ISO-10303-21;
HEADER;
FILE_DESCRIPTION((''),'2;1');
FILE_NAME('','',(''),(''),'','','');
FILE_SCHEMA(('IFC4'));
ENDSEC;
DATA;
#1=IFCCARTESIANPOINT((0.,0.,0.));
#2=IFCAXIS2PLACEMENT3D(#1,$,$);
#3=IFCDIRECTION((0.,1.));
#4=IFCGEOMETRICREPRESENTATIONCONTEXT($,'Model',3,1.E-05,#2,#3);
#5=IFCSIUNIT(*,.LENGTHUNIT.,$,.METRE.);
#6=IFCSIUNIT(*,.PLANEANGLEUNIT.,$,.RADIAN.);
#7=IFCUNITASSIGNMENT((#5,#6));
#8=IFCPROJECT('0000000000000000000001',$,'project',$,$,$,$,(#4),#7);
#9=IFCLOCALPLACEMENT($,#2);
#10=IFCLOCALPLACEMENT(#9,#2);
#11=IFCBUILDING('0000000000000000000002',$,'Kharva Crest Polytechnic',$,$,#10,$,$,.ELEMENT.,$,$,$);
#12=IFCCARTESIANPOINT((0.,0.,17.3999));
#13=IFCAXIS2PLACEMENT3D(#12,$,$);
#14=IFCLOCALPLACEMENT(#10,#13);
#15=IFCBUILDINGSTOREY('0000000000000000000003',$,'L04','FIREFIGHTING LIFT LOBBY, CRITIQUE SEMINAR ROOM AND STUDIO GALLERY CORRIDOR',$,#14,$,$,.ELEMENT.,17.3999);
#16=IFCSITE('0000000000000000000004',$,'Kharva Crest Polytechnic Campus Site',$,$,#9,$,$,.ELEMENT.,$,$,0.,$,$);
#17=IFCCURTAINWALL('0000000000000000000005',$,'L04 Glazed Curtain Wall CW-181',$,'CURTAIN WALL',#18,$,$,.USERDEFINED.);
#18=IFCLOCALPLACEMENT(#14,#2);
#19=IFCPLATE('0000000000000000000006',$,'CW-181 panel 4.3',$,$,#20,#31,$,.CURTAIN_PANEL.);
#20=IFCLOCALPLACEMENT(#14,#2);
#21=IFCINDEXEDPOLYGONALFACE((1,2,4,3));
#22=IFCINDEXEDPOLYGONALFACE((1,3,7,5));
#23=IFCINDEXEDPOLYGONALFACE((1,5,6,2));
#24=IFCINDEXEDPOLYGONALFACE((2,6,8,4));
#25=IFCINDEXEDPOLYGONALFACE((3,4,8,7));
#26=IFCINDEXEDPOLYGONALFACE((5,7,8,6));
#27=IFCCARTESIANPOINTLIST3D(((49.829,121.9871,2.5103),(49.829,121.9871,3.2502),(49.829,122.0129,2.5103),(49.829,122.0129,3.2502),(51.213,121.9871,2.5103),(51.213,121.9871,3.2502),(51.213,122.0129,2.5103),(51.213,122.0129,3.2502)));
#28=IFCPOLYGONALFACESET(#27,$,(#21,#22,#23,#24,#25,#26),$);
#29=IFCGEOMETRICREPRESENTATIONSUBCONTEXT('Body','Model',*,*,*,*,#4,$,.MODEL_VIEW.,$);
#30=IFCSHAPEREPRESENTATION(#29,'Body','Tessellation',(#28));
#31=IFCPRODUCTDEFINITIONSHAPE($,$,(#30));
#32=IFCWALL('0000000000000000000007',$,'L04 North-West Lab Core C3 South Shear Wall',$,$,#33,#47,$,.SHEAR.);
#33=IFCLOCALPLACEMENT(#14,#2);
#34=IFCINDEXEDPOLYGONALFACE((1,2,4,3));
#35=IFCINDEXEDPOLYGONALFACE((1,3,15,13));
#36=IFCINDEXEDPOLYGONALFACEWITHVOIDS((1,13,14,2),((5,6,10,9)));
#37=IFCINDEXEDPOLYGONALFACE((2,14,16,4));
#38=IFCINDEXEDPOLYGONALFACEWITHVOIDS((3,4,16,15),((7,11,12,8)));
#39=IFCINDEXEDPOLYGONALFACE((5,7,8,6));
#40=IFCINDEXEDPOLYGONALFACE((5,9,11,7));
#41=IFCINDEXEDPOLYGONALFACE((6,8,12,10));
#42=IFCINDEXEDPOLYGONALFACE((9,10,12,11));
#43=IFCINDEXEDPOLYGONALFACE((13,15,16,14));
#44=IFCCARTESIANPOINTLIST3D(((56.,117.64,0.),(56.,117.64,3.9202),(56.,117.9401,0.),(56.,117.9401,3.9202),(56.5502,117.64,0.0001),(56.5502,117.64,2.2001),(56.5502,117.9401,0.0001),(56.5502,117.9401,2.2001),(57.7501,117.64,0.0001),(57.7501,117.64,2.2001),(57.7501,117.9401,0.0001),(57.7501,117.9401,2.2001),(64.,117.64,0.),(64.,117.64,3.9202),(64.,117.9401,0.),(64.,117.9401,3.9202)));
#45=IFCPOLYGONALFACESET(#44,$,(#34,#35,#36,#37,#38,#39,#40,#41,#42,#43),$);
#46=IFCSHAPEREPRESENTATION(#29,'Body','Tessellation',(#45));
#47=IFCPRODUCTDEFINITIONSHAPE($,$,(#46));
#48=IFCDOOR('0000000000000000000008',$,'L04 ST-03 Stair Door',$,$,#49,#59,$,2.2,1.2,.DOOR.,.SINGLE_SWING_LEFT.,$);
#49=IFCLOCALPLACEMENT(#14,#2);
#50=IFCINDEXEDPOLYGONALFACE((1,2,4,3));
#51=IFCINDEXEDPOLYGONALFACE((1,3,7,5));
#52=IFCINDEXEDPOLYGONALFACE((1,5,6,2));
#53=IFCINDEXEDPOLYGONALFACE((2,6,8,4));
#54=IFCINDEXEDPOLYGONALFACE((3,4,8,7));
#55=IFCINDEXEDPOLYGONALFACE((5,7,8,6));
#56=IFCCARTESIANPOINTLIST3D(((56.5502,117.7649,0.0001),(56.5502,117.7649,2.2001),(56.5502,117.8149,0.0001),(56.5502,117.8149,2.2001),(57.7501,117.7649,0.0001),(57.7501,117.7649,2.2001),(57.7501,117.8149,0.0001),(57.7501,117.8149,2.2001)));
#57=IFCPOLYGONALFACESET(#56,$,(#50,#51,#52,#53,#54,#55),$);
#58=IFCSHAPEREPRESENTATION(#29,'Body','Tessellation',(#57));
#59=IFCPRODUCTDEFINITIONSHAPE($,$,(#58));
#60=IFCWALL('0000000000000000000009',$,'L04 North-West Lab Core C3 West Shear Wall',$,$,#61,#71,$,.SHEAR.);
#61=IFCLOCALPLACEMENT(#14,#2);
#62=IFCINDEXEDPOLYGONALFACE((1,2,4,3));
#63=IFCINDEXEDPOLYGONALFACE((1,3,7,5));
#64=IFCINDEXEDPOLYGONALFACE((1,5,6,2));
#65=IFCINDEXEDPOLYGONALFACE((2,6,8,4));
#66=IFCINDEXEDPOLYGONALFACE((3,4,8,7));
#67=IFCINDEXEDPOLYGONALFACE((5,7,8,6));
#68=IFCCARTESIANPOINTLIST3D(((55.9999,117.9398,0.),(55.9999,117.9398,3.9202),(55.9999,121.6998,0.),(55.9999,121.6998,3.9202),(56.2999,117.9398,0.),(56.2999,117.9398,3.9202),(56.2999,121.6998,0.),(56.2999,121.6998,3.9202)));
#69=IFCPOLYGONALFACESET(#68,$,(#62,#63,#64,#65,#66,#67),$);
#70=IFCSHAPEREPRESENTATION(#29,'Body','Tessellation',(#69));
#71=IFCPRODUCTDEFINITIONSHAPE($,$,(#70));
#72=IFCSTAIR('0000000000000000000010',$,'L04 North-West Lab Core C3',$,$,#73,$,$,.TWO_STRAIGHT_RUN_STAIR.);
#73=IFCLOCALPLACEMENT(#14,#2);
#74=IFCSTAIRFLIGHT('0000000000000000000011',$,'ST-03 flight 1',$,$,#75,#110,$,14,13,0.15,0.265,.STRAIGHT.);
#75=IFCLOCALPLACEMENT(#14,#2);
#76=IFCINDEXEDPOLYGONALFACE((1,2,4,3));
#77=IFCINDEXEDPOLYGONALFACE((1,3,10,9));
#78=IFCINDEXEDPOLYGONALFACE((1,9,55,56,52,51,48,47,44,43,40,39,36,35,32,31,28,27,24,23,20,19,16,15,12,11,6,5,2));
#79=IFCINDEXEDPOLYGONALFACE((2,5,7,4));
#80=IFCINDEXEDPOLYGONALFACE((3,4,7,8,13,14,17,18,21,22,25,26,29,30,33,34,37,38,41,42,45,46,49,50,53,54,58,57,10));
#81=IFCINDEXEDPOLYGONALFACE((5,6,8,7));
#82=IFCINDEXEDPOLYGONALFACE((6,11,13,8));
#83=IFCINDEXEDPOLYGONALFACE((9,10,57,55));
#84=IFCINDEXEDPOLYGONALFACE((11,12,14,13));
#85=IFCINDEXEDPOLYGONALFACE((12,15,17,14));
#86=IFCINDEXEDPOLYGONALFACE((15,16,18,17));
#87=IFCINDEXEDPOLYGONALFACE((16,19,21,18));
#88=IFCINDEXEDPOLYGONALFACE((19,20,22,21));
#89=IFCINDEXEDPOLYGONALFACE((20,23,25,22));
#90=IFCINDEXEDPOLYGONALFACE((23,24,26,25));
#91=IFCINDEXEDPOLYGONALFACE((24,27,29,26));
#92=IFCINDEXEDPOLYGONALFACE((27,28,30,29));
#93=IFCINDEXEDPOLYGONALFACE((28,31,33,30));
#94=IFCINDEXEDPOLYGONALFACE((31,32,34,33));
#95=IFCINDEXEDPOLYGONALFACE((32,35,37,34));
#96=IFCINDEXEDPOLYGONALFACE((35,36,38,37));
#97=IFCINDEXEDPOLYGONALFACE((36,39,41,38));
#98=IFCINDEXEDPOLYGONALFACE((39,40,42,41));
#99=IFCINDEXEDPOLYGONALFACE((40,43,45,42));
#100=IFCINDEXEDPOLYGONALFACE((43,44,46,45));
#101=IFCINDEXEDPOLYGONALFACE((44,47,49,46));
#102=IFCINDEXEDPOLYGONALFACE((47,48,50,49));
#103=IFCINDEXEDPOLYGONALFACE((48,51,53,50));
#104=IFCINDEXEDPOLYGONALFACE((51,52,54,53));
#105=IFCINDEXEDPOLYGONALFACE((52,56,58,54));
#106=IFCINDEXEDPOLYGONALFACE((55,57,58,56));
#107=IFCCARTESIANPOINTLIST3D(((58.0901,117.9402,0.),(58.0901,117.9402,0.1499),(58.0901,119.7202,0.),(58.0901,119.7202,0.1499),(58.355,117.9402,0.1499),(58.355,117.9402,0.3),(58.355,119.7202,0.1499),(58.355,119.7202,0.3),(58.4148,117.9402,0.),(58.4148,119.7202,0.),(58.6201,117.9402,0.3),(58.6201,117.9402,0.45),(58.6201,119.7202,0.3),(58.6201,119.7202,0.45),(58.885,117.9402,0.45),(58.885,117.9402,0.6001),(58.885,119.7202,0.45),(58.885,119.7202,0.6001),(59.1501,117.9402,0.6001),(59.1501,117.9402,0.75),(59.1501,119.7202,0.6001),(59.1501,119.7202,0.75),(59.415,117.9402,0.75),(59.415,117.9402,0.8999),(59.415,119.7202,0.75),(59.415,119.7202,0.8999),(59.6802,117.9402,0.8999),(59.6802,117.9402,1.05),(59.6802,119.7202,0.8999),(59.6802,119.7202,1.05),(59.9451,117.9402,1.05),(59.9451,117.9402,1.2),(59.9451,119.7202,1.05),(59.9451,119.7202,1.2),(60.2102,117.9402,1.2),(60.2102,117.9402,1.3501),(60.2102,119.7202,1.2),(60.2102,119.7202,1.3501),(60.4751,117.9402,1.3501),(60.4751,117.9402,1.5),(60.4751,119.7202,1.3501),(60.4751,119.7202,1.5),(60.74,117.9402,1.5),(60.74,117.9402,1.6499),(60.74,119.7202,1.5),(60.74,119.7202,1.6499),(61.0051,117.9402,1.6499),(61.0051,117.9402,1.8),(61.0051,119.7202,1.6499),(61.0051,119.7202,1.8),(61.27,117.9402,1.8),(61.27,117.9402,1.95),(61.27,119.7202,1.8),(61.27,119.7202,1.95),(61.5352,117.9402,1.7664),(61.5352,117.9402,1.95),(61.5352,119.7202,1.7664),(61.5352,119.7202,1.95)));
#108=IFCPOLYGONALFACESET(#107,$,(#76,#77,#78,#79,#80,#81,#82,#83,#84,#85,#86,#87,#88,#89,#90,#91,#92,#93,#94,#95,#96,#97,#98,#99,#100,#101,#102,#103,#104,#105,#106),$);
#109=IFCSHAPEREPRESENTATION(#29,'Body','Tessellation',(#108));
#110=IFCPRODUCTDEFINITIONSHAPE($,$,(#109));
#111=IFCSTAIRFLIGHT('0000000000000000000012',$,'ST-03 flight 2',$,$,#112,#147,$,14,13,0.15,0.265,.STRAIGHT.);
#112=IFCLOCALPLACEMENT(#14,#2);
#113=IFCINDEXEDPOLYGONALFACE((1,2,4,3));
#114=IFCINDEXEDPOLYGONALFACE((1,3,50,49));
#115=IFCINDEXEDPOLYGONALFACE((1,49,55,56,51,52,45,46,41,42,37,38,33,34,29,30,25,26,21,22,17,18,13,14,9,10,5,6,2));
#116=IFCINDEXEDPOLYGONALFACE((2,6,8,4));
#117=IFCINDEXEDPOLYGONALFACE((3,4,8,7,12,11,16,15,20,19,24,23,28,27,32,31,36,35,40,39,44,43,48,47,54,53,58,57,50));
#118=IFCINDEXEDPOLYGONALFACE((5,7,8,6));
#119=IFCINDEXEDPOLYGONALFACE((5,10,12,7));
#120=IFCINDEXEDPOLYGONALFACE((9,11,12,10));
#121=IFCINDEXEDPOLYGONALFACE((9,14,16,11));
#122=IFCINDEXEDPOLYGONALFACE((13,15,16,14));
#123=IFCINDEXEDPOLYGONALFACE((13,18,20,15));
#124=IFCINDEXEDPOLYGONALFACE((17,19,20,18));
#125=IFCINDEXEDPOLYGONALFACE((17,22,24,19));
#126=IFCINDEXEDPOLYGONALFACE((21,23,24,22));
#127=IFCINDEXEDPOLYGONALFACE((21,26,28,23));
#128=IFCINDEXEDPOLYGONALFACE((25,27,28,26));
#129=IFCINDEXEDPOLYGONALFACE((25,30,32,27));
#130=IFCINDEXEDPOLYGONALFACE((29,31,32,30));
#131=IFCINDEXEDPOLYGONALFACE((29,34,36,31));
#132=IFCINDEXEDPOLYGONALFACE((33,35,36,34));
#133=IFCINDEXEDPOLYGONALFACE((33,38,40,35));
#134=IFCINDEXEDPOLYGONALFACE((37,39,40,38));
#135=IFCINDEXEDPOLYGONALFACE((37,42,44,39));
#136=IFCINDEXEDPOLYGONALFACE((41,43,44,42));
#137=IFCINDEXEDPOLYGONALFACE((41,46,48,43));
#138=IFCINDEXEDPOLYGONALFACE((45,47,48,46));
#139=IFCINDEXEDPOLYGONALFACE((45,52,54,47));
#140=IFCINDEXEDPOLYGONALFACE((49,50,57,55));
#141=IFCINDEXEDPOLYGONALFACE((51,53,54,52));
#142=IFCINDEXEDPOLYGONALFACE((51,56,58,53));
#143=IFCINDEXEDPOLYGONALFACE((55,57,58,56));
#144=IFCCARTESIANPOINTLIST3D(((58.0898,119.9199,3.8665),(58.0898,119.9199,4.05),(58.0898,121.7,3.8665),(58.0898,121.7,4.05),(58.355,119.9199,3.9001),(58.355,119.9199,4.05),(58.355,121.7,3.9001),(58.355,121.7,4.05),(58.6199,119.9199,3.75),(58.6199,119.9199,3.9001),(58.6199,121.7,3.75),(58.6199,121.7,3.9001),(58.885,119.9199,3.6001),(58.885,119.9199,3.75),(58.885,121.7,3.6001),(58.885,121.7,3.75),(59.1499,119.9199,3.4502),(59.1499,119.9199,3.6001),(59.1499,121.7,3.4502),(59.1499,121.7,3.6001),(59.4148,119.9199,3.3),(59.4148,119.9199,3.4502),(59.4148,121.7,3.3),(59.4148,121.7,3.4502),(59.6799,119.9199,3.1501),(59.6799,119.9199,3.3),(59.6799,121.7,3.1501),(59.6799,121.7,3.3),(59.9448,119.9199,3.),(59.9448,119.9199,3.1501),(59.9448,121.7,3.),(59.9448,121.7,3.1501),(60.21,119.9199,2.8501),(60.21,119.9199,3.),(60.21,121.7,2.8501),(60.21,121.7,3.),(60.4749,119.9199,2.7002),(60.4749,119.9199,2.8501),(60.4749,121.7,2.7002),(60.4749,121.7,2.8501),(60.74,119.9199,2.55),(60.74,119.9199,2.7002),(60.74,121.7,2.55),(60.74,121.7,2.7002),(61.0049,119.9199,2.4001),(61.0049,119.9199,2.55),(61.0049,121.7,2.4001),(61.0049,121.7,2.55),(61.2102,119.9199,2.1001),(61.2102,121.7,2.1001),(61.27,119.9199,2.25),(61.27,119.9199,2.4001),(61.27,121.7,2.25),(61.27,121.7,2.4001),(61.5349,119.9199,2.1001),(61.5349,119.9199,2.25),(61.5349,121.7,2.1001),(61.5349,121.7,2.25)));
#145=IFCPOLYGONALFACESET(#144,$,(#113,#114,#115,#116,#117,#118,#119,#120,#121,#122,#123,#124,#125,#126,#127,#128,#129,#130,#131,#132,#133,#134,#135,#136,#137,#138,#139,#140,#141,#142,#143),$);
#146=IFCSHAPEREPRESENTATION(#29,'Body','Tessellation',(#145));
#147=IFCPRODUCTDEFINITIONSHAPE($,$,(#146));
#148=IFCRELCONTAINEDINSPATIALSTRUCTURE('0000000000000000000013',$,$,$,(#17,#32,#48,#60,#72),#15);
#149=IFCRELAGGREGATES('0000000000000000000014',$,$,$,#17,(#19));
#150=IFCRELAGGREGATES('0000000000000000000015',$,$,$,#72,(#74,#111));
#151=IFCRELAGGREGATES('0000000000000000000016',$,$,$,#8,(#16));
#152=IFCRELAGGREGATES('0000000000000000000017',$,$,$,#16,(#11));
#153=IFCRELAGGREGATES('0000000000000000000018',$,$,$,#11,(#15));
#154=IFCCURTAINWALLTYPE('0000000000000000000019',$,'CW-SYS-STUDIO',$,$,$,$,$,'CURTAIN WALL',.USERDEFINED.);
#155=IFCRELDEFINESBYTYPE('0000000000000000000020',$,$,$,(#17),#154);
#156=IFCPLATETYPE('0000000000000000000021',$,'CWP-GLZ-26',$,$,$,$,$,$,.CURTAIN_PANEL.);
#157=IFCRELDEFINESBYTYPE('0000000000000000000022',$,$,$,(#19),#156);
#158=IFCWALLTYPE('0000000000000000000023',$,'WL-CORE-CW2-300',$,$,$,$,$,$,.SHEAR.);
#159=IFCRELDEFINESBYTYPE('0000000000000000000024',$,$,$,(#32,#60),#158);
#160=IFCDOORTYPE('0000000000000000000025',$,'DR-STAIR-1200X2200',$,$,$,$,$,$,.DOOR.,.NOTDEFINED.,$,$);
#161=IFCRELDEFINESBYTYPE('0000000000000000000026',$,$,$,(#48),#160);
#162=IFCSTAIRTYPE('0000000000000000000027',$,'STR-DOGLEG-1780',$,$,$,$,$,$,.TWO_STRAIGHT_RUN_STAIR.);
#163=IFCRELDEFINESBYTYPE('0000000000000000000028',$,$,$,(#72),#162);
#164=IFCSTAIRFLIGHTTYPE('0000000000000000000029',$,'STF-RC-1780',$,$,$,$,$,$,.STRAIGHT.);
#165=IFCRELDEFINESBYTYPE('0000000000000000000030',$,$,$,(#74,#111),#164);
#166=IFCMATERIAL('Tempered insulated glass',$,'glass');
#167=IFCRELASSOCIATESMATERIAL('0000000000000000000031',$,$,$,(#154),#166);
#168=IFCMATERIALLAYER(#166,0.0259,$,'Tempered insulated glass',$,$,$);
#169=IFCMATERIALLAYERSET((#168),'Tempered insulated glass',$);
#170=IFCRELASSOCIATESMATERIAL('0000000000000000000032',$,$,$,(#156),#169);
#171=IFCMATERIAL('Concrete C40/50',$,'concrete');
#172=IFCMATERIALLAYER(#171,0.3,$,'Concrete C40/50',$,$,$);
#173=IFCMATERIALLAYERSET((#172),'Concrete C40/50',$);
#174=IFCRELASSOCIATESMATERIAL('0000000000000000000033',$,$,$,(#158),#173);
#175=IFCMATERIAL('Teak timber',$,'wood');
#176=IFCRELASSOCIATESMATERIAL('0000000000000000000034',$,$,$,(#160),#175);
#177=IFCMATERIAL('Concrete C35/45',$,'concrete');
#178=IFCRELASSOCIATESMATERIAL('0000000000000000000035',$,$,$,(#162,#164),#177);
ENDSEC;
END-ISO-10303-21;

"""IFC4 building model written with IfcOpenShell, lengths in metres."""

from ifc_helpers import new_model, si_unit, direction, frame, frame_2d, origin, origin_2d, place, context, subcontext, project, spatial, polyline, rectangle, outline, extrude, material, layer, layer_set, type_object, element, fill, aggregate, save


model = new_model("IFC4")

# Units and contexts
model_context = context("Model", 3, precision=1e-05, world=origin(), true_north=direction((0.0, 1.0)))
body_context = subcontext(model_context, "Body", "Model", "MODEL_VIEW")
ifc_project = project(units=[si_unit("LENGTHUNIT", "METRE"), si_unit("PLANEANGLEUNIT", "RADIAN")], contexts=[model_context])

# Site, building, storey
site_placement = place(None, origin())
site = spatial("IfcSite", under=ifc_project, at=site_placement, Name="Kharva Crest Polytechnic Campus Site", CompositionType="ELEMENT", RefElevation=0.0)
building_placement = place(site_placement, origin())
building = spatial("IfcBuilding", under=site, at=building_placement, Name="Kharva Crest Polytechnic", CompositionType="ELEMENT")
storey_placement = place(building_placement, frame((0.0, 0.0, 17.3999)))
storey = spatial("IfcBuildingStorey", under=building, at=storey_placement, Name="L04", Description="FIREFIGHTING LIFT LOBBY, CRITIQUE SEMINAR ROOM AND STUDIO GALLERY CORRIDOR", CompositionType="ELEMENT", Elevation=17.3999)

# Shared definitions
ifc_material_1 = material(Name="Concrete C40/50", Category="concrete")

# Shared definitions
ifc_material_2 = material(Name="Concrete C35/45", Category="concrete")

# Curtain wall, plate
ifc_material_3 = material(Name="Tempered insulated glass", Category="glass")
curtain_wall_type = type_object("IfcCurtainWallType", Name="CW-SYS-STUDIO", ElementType="CURTAIN WALL", PredefinedType="USERDEFINED", material=ifc_material_3)
curtain_wall_placement = place(storey_placement, origin())
curtain_wall = element("IfcCurtainWall", 1, at=curtain_wall_placement, inside=storey, type_object=curtain_wall_type, Name="L04 Glazed Curtain Wall CW-181", ObjectType="CURTAIN WALL", PredefinedType="USERDEFINED")
ifc_layer_1 = layer(ifc_material_3, 0.0259, Name="Tempered insulated glass")
ifc_layer_set_1 = layer_set([ifc_layer_1], Name="Tempered insulated glass")
plate_type = type_object("IfcPlateType", Name="CWP-GLZ-26", PredefinedType="CURTAIN_PANEL", material=ifc_layer_set_1)
plate_1_placement = place(storey_placement, frame((50.521, 122.0, 2.5103), z_axis=(0.0, 0.0, 1.0), x_axis=(-1.0, 0.0, 0.0)))
plate_1 = element("IfcPlate", 2, at=plate_1_placement, type_object=plate_type, Name="CW-181 panel 4.3", PredefinedType="CURTAIN_PANEL", context=body_context, shape_type="SweptSolid", body=[
    extrude(rectangle(XDim=1.384, YDim=0.0259, at=origin_2d()), origin(), (0.0, 0.0, 1.0), 0.74),
])
aggregate(curtain_wall, [plate_1])

# Wall, opening, door
ifc_layer_2 = layer(ifc_material_1, 0.3, Name="Concrete C40/50")
ifc_layer_set_2 = layer_set([ifc_layer_2], Name="Concrete C40/50")
wall_type = type_object("IfcWallType", Name="WL-CORE-CW2-300", PredefinedType="SHEAR", material=ifc_layer_set_2)
wall_1_placement = place(storey_placement, frame((56.0, 117.79, 0.0), z_axis=(0.0, 0.0, 1.0), x_axis=(1.0, 0.0, 0.0)))
wall_1 = element("IfcWall", 3, at=wall_1_placement, inside=storey, type_object=wall_type, Name="L04 North-West Lab Core C3 South Shear Wall", PredefinedType="SHEAR", context=body_context, shape_type="SweptSolid", body=[
    extrude(rectangle(XDim=8.0, YDim=0.3, at=frame_2d((4.0, 0.0))), origin(), (0.0, 0.0, 1.0), 3.9202),
])
opening_placement = place(wall_1_placement, frame((0.55, 0.0, 0.0)))
opening = element("IfcOpeningElement", 4, at=opening_placement, cuts=wall_1, PredefinedType="OPENING", context=body_context, shape_type="SweptSolid", body=[
    extrude(rectangle(XDim=1.2, YDim=2.2, at=frame_2d((0.6001, 1.1001))), frame((0.0, 0.1599, 0.0), z_axis=(0.0, -1.0, 0.0), x_axis=(1.0, 0.0, 0.0)), (0.0, 0.0, 1.0), 0.3201),
])
ifc_material_4 = material(Name="Teak timber", Category="wood")
door_type = type_object("IfcDoorType", Name="DR-STAIR-1200X2200", OperationType="NOTDEFINED", PredefinedType="DOOR", material=ifc_material_4)
door_placement = place(opening_placement, origin())
door = element("IfcDoor", 5, at=door_placement, inside=storey, type_object=door_type, Name="L04 ST-03 Stair Door", OperationType="SINGLE_SWING_LEFT", OverallHeight=2.2, OverallWidth=1.2, PredefinedType="DOOR", context=body_context, shape_type="SweptSolid", body=[
    extrude(rectangle(XDim=1.2, YDim=2.2, at=frame_2d((0.6001, 1.1001))), frame((0.0, 0.0249, 0.0), z_axis=(0.0, -1.0, 0.0), x_axis=(1.0, 0.0, 0.0)), (0.0, 0.0, 1.0), 0.05),
])
fill(opening, door)

# Wall
wall_2_placement = place(storey_placement, frame((56.1499, 117.9399, 0.0), z_axis=(0.0, 0.0, 1.0), x_axis=(0.0, 1.0, 0.0)))
element("IfcWall", 6, at=wall_2_placement, inside=storey, type_object=wall_type, Name="L04 North-West Lab Core C3 West Shear Wall", PredefinedType="SHEAR", context=body_context, shape_type="SweptSolid", body=[
    extrude(rectangle(XDim=3.76, YDim=0.3, at=frame_2d((1.8799, 0.0))), origin(), (0.0, 0.0, 1.0), 3.9202),
])

# Stair, stair flights
stair_type = type_object("IfcStairType", Name="STR-DOGLEG-1780", PredefinedType="TWO_STRAIGHT_RUN_STAIR", material=ifc_material_2)
stair_placement = place(storey_placement, origin())
stair = element("IfcStair", 7, at=stair_placement, inside=storey, type_object=stair_type, Name="L04 North-West Lab Core C3", PredefinedType="TWO_STRAIGHT_RUN_STAIR")
stair_flight_type = type_object("IfcStairFlightType", Name="STF-RC-1780", PredefinedType="STRAIGHT", material=ifc_material_2)
stair_flight_1_placement = place(storey_placement, frame((58.0901, 118.8301, 0.0), z_axis=(0.0, 0.0, 1.0), x_axis=(1.0, 0.0, 0.0)))
stair_flight_1 = element("IfcStairFlight", 8, at=stair_flight_1_placement, type_object=stair_flight_type, Name="ST-03 flight 1", NumberOfRisers=14, NumberOfTreads=13, PredefinedType="STRAIGHT", RiserHeight=0.15, TreadLength=0.265, context=body_context, shape_type="SweptSolid", body=[
    extrude(outline(polyline([(0.0, 0.0), (0.0, 0.1499), (0.2649, 0.1499), (0.2649, 0.3), (0.53, 0.3), (0.53, 0.45), (0.7949, 0.45), (0.7949, 0.6001), (1.0601, 0.6001), (1.0601, 0.75), (1.325, 0.75), (1.325, 0.8999), (1.5901, 0.8999), (1.5901, 1.05), (1.855, 1.05), (1.855, 1.2), (2.1201, 1.2), (2.1201, 1.3501), (2.385, 1.3501), (2.385, 1.5), (2.6499, 1.5), (2.6499, 1.6499), (2.915, 1.6499), (2.915, 1.8), (3.1799, 1.8), (3.1799, 1.95), (3.4451, 1.95), (3.4451, 2.1001), (3.4451, 1.7664), (0.3247, 0.0), (0.0, 0.0)])), frame((0.0, 0.8901, 0.0), z_axis=(0.0, -1.0, 0.0), x_axis=(1.0, 0.0, 0.0)), (0.0, 0.0, 1.0), 1.78),
])
stair_flight_2_placement = place(storey_placement, frame((61.5349, 120.8101, 2.1001), z_axis=(0.0, 0.0, 1.0), x_axis=(-1.0, 0.0, 0.0)))
stair_flight_2 = element("IfcStairFlight", 9, at=stair_flight_2_placement, type_object=stair_flight_type, Name="ST-03 flight 2", NumberOfRisers=14, NumberOfTreads=13, PredefinedType="STRAIGHT", RiserHeight=0.15, TreadLength=0.265, context=body_context, shape_type="SweptSolid", body=[
    extrude(outline(polyline([(0.0, 0.0), (0.0, 0.1499), (0.2649, 0.1499), (0.2649, 0.3), (0.53, 0.3), (0.53, 0.45), (0.7949, 0.45), (0.7949, 0.6001), (1.0601, 0.6001), (1.0601, 0.75), (1.325, 0.75), (1.325, 0.8999), (1.5901, 0.8999), (1.5901, 1.05), (1.855, 1.05), (1.855, 1.2), (2.1201, 1.2), (2.1201, 1.3501), (2.385, 1.3501), (2.385, 1.5), (2.6499, 1.5), (2.6499, 1.6499), (2.915, 1.6499), (2.915, 1.8), (3.1799, 1.8), (3.1799, 1.95), (3.4451, 1.95), (3.4451, 2.1001), (3.4451, 1.7664), (0.3247, 0.0), (0.0, 0.0)])), frame((0.0, 0.8901, 0.0), z_axis=(0.0, -1.0, 0.0), x_axis=(1.0, 0.0, 0.0)), (0.0, 0.0, 1.0), 1.78),
])
aggregate(stair, [stair_flight_1, stair_flight_2])

save(model, "model.ifc")
